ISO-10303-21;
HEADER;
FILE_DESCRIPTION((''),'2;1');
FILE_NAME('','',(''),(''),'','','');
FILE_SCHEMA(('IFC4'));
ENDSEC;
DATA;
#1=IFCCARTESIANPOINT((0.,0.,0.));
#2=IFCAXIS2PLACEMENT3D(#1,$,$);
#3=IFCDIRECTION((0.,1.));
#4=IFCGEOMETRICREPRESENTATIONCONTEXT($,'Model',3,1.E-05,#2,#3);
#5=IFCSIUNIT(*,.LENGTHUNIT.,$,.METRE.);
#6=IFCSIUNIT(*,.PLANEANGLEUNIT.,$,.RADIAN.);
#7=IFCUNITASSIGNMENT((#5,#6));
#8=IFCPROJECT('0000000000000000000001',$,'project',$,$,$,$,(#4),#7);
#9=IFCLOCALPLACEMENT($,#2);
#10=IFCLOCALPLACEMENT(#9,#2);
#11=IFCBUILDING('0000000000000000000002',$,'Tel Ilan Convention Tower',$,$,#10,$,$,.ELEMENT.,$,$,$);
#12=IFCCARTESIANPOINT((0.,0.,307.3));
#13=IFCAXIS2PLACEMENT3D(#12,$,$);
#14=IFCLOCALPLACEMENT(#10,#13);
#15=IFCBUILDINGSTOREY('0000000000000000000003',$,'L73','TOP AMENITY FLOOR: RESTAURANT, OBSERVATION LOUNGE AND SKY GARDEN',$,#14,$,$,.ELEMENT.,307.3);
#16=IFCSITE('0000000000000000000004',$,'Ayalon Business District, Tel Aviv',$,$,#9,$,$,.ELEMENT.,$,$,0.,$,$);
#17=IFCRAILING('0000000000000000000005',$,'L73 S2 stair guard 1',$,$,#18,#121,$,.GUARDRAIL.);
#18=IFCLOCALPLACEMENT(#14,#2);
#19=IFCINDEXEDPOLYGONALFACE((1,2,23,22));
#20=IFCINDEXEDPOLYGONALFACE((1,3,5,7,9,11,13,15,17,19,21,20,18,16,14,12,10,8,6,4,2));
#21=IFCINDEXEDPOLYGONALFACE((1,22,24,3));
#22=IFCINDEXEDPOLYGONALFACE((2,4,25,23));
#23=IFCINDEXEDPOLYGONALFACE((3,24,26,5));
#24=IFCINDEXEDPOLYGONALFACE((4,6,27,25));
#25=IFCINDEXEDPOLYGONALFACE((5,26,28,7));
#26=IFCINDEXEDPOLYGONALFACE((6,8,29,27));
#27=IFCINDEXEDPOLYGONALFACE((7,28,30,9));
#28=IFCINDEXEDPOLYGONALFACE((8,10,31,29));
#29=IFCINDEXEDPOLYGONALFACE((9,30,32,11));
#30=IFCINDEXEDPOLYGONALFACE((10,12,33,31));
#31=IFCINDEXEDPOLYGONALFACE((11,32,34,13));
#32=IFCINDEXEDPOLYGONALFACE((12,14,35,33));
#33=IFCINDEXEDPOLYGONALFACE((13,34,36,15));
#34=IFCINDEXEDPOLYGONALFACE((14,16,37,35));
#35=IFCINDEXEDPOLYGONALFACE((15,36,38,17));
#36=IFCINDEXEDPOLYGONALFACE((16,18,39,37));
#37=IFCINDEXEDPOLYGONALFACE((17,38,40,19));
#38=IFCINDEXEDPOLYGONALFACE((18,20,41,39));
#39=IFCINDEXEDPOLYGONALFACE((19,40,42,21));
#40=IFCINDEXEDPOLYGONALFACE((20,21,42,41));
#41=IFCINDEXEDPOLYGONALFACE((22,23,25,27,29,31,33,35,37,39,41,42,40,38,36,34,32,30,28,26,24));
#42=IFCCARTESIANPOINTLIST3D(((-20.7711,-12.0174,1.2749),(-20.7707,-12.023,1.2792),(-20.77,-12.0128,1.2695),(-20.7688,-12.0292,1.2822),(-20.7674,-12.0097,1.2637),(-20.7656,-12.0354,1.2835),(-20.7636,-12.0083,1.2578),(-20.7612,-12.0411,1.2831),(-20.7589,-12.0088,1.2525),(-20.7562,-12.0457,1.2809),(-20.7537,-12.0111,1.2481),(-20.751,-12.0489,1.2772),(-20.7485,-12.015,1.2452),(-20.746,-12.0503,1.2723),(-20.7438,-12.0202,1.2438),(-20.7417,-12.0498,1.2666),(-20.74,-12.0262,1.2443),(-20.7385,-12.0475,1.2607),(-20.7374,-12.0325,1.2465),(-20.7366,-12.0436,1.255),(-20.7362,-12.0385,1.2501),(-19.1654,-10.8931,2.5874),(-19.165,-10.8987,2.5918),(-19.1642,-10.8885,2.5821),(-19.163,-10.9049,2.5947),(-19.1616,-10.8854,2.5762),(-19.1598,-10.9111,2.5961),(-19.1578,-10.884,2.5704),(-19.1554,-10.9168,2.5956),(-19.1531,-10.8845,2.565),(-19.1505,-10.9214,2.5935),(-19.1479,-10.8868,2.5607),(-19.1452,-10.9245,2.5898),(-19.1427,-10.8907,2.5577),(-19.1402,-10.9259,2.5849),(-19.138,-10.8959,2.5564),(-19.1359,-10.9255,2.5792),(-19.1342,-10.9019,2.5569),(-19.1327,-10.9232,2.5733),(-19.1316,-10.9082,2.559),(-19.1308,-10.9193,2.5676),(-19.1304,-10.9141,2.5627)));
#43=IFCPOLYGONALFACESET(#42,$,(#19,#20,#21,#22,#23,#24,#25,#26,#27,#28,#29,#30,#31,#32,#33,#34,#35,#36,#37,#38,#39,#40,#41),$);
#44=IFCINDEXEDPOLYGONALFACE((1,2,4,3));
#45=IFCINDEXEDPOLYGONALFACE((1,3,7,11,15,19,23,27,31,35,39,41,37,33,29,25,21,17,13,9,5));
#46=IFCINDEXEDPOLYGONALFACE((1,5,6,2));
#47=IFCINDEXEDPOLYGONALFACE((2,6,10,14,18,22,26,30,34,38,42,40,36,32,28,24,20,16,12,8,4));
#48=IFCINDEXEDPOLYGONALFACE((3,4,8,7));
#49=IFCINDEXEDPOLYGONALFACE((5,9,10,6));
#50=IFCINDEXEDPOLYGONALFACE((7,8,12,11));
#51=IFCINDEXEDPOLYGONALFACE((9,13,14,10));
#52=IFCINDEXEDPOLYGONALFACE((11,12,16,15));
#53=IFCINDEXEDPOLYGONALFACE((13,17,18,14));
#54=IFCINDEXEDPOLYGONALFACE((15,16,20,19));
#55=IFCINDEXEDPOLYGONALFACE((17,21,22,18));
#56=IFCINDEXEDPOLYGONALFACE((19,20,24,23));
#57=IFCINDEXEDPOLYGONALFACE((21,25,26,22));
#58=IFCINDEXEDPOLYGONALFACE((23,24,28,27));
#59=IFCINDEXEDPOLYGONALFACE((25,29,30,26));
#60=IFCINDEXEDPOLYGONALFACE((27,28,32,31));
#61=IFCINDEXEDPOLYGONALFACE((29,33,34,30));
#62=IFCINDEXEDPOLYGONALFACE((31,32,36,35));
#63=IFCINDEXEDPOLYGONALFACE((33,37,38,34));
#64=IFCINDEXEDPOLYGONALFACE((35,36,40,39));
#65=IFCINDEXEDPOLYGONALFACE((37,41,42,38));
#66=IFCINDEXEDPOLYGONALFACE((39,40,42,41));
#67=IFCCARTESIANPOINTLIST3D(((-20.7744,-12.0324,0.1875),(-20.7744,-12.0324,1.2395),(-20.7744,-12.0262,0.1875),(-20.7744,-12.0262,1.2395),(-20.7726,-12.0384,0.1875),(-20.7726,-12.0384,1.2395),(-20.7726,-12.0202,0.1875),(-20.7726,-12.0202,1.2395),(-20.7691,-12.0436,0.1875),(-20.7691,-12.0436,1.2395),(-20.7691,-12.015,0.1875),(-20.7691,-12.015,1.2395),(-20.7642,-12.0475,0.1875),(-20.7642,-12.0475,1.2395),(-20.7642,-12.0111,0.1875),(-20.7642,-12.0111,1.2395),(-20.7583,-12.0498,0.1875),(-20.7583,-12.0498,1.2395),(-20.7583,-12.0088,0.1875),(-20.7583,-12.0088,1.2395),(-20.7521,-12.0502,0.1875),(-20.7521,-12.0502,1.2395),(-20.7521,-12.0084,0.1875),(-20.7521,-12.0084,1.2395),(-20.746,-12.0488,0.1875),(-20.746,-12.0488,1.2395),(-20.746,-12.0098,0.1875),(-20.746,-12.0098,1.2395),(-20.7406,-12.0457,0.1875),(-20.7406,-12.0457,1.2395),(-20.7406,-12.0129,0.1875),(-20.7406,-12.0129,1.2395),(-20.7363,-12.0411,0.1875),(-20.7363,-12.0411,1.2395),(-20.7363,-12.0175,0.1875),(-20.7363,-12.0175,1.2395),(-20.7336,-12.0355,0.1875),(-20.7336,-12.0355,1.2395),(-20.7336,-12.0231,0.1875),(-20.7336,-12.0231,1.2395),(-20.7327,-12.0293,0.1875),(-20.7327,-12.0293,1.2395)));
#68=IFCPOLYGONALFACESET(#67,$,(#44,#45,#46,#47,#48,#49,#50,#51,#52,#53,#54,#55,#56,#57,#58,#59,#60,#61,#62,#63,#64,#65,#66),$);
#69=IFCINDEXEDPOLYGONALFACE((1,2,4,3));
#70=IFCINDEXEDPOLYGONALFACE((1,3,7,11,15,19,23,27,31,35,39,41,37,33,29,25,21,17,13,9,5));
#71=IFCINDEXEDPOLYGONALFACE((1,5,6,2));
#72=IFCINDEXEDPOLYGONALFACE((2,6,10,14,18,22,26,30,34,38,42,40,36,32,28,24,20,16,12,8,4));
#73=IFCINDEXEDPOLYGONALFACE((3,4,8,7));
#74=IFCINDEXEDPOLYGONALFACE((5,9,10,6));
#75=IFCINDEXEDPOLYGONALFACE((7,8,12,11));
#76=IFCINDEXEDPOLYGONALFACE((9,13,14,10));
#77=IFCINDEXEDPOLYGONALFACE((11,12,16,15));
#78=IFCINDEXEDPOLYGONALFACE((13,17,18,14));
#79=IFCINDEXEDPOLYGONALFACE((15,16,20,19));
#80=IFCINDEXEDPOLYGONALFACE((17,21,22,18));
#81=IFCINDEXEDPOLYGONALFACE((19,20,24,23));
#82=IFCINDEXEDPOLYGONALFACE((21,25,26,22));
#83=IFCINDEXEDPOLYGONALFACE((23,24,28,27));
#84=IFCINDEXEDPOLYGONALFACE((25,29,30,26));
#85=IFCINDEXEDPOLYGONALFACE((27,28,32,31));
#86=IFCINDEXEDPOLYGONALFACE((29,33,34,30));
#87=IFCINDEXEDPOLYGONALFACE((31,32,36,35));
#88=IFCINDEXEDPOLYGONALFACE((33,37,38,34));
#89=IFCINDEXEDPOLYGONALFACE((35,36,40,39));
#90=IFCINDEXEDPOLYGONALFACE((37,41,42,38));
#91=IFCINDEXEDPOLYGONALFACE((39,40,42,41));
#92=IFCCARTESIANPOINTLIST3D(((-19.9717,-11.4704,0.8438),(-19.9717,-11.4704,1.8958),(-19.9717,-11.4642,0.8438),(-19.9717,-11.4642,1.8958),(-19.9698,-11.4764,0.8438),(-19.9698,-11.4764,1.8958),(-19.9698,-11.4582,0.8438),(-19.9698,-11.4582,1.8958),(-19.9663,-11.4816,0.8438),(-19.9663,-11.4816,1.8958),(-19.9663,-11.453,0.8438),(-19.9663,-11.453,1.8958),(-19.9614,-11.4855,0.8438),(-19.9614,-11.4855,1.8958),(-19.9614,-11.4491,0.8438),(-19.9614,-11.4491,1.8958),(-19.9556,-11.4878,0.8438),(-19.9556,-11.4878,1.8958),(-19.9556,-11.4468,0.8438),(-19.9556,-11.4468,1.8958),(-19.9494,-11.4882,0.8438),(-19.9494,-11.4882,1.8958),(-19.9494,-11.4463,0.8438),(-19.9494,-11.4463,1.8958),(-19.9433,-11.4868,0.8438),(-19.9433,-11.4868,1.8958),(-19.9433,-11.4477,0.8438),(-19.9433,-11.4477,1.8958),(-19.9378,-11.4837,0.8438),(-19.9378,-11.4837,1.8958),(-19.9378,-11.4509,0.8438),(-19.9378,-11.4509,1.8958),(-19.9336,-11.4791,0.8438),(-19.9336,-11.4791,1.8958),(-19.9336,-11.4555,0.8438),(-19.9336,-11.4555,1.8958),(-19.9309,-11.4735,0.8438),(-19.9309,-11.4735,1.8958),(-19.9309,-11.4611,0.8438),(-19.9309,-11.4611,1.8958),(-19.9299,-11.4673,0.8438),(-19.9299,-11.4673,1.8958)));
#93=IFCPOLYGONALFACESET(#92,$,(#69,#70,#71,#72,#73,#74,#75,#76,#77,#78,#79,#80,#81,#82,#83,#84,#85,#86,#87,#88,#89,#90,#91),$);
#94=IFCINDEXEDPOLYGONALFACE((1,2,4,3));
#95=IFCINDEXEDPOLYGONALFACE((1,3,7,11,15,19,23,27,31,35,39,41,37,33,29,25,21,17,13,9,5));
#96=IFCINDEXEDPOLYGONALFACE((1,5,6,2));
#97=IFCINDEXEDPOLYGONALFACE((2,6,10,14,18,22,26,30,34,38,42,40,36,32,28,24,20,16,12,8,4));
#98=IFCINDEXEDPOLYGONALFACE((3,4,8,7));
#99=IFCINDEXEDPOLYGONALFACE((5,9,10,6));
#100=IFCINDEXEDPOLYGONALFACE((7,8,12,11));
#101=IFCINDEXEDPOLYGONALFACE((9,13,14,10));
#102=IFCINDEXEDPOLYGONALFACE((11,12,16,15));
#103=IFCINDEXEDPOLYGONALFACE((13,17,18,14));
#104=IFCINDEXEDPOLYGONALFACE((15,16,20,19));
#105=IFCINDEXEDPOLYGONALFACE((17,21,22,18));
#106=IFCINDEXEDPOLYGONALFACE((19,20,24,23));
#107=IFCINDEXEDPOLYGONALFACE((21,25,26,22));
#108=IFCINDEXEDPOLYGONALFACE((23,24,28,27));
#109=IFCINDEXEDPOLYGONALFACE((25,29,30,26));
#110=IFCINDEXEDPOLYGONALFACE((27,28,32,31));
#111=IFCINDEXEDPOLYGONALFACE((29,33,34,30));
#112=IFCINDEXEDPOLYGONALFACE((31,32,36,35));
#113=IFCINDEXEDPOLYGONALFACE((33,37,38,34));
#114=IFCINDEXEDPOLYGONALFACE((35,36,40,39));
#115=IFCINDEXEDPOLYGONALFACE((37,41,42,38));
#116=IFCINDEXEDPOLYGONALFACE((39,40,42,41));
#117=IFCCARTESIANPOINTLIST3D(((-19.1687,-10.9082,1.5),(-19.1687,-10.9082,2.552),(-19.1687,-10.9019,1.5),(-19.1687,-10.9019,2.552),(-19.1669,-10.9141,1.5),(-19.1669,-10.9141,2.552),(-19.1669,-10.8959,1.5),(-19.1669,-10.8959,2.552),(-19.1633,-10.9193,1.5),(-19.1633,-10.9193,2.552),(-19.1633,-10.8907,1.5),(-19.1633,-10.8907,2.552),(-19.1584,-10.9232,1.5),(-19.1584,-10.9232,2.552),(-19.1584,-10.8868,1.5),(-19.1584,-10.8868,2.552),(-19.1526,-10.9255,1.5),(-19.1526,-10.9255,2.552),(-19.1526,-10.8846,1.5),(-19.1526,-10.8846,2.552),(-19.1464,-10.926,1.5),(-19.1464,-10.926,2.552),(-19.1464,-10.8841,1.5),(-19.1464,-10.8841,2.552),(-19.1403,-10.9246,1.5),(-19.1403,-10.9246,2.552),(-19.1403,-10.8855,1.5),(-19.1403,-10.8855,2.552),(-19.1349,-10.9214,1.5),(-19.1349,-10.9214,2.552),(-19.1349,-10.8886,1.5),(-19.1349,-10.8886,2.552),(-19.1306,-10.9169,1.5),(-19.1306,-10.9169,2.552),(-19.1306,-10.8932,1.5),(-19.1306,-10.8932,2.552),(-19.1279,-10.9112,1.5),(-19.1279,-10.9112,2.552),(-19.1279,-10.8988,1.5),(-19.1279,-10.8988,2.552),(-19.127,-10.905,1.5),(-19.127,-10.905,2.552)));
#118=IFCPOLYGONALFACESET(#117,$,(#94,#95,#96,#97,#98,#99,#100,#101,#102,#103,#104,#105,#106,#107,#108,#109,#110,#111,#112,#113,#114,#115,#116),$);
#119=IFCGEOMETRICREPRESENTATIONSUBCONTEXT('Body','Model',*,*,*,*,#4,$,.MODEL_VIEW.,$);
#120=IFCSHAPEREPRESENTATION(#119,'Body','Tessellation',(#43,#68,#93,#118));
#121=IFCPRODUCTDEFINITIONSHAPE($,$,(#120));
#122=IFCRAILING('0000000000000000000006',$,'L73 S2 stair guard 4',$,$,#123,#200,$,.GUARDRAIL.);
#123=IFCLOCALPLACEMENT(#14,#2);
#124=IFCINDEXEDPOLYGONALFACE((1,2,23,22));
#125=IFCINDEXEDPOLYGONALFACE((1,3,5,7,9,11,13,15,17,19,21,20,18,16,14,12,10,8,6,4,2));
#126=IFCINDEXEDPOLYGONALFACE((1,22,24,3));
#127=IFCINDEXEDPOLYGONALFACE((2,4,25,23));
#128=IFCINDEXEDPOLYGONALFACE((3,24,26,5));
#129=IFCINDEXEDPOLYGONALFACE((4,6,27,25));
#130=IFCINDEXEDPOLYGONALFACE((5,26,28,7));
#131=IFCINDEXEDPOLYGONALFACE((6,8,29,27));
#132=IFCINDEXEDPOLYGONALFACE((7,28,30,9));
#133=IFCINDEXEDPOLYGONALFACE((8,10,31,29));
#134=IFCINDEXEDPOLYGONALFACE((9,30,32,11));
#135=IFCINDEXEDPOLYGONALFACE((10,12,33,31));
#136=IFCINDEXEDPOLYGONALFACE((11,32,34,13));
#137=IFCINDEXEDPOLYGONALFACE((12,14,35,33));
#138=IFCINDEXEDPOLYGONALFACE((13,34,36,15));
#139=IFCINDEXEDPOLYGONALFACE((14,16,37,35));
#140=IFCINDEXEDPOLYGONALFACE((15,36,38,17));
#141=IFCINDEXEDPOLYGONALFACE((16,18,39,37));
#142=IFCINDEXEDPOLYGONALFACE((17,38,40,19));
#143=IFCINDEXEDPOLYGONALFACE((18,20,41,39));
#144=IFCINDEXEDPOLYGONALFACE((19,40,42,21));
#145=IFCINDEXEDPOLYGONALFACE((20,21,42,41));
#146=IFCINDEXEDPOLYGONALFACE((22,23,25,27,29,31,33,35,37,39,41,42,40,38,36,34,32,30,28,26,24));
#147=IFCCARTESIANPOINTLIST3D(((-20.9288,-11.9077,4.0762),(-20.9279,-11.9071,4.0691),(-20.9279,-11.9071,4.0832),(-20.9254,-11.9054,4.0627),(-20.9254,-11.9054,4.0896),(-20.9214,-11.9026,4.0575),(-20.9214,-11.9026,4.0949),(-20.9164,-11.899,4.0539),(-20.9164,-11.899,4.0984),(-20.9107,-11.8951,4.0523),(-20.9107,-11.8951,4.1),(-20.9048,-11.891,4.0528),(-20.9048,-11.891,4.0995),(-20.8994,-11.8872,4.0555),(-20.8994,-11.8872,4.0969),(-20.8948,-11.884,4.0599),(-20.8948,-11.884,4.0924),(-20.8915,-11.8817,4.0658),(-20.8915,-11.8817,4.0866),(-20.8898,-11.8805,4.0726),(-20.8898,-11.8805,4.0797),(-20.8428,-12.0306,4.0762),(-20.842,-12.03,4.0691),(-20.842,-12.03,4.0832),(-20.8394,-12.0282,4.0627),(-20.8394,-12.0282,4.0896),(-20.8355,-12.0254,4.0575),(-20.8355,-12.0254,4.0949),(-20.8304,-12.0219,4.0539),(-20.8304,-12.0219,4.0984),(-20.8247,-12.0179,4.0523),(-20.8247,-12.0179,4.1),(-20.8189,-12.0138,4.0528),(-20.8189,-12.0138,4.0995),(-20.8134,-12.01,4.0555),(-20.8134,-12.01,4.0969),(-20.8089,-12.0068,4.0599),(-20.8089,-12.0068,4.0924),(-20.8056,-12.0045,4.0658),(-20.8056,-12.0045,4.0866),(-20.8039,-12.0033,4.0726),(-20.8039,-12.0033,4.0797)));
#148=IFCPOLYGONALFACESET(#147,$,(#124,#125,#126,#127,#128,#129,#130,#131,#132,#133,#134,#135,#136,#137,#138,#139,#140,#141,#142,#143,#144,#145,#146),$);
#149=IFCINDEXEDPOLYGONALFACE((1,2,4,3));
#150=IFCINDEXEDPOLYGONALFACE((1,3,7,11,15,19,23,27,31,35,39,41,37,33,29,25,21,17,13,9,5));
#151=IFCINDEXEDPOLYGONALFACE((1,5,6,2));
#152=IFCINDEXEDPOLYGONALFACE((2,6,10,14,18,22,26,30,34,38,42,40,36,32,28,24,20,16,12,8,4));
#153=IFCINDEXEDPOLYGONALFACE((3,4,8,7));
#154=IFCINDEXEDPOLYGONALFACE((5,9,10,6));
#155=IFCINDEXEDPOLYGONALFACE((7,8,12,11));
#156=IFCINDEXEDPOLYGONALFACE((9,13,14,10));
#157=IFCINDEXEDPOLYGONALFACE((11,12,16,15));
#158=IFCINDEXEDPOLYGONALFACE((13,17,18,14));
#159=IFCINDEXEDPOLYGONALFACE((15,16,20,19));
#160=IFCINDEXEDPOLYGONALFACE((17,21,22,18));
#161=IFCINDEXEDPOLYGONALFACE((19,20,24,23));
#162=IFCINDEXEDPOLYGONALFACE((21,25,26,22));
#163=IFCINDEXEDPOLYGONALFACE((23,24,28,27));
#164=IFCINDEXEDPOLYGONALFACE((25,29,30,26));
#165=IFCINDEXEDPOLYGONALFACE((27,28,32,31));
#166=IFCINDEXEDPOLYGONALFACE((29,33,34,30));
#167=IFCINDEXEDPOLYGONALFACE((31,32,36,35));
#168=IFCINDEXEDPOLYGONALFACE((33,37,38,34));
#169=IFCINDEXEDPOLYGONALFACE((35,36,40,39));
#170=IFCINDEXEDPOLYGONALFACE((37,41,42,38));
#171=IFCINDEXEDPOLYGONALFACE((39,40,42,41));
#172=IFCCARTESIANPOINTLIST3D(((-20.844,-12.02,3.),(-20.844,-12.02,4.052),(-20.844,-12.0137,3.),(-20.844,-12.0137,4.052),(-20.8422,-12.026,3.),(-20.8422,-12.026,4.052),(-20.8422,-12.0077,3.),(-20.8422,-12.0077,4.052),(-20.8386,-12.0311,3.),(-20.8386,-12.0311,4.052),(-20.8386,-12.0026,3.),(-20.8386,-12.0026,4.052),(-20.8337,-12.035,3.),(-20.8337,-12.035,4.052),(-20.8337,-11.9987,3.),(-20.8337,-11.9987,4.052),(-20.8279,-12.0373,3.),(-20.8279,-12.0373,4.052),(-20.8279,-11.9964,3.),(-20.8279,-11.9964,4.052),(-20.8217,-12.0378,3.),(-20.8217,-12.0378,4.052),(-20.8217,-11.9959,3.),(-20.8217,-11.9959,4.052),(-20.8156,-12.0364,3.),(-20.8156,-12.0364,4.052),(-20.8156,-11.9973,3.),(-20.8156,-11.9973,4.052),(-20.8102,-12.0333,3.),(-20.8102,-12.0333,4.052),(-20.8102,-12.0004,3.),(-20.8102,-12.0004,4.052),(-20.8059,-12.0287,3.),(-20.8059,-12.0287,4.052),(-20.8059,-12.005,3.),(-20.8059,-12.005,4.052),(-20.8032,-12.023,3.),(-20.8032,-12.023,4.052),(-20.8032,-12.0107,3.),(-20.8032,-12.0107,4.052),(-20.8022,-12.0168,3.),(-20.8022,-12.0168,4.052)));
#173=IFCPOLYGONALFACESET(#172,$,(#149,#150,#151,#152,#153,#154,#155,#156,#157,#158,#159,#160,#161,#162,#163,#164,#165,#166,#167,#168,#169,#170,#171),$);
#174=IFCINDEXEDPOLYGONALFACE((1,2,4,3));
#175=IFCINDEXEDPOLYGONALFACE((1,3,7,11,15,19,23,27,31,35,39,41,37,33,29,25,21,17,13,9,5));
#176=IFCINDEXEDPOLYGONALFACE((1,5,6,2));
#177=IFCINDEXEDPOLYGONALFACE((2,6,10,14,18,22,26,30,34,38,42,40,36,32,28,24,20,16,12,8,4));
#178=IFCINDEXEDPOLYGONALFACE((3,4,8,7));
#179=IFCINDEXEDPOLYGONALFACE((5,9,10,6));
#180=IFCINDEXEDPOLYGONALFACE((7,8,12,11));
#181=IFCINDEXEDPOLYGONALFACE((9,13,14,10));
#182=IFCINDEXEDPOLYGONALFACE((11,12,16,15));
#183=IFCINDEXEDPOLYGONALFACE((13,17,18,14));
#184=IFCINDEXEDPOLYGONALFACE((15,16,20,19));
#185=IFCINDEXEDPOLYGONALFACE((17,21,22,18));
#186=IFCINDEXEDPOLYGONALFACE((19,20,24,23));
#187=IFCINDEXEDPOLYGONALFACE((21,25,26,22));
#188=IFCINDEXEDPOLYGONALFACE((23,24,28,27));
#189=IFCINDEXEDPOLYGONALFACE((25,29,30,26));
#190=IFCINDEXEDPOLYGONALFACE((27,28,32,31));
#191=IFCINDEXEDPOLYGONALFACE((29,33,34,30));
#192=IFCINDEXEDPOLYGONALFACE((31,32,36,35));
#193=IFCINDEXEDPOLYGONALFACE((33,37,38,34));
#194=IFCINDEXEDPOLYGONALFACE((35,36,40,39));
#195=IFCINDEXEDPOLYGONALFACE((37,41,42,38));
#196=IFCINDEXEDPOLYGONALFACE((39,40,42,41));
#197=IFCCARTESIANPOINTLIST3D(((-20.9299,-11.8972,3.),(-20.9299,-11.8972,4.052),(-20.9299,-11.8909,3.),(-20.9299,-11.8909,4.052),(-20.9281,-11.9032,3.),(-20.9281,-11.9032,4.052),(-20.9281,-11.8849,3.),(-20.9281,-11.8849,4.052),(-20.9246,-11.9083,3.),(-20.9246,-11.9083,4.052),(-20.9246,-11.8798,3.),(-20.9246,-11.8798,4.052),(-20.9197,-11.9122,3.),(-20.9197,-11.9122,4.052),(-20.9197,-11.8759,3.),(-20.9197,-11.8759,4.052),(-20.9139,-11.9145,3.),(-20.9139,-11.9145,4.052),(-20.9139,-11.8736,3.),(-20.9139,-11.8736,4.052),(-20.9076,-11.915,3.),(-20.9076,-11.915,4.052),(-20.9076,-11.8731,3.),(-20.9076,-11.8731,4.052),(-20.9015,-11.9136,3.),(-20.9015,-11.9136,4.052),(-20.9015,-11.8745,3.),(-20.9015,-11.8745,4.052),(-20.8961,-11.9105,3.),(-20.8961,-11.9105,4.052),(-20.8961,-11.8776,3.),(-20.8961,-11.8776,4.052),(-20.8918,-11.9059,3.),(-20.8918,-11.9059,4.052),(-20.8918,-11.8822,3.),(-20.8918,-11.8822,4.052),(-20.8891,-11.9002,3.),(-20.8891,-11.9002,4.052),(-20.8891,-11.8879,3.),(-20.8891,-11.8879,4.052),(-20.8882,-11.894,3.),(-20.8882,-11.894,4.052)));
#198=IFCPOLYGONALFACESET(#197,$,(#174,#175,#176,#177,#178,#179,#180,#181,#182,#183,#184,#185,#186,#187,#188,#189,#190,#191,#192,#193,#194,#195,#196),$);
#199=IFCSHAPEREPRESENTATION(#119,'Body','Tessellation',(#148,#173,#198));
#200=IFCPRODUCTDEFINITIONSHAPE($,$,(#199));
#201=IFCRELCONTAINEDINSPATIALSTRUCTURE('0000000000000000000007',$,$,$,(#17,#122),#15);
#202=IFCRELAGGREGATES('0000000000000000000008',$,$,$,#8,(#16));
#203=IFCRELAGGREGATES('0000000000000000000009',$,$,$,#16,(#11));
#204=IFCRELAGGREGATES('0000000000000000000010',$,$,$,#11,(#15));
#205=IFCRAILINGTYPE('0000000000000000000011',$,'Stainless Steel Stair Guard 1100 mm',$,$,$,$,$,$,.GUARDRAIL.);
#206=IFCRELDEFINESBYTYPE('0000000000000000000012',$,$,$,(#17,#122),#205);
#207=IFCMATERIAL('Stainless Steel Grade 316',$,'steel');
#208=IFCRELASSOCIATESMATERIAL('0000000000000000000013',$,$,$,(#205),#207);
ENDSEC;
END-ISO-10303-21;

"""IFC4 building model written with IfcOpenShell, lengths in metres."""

from ifc_helpers import new_model, si_unit, direction, frame, origin, origin_2d, place, context, subcontext, project, spatial, circle, extrude, material, type_object, element, save


model = new_model("IFC4")

# Units and contexts
model_context = context("Model", 3, precision=1e-05, world=origin(), true_north=direction((0.0, 1.0)))
body_context = subcontext(model_context, "Body", "Model", "MODEL_VIEW")
ifc_project = project(units=[si_unit("LENGTHUNIT", "METRE"), si_unit("PLANEANGLEUNIT", "RADIAN")], contexts=[model_context])

# Site, building, storey
site_placement = place(None, origin())
site = spatial("IfcSite", under=ifc_project, at=site_placement, Name="Ayalon Business District, Tel Aviv", CompositionType="ELEMENT", RefElevation=0.0)
building_placement = place(site_placement, origin())
building = spatial("IfcBuilding", under=site, at=building_placement, Name="Tel Ilan Convention Tower", CompositionType="ELEMENT")
storey_placement = place(building_placement, frame((0.0, 0.0, 307.3)))
storey = spatial("IfcBuildingStorey", under=building, at=storey_placement, Name="L73", Description="TOP AMENITY FLOOR: RESTAURANT, OBSERVATION LOUNGE AND SKY GARDEN", CompositionType="ELEMENT", Elevation=307.3)

# Railings
ifc_material_1 = material(Name="Stainless Steel Grade 316", Category="steel")
railing_type = type_object("IfcRailingType", Name="Stainless Steel Stair Guard 1100 mm", PredefinedType="GUARDRAIL", material=ifc_material_1)
railing_1_placement = place(storey_placement, frame((-20.7537, -12.0293, 0.1875)))
element("IfcRailing", 1, at=railing_1_placement, inside=storey, type_object=railing_type, Name="L73 S2 stair guard 1", PredefinedType="GUARDRAIL", context=body_context, shape_type="SweptSolid", body=[
    extrude(circle(Radius=0.0239, at=origin_2d()), frame((0.0, 0.0, 1.0762), z_axis=(0.680671, 0.476584, 0.556376), x_axis=(-0.573554, 0.819168, 0.0)), (0.0, 0.0, 1.0), 2.3591),
    extrude(circle(Radius=0.021, at=origin_2d()), origin(), (0.0, 0.0, 1.0), 1.052),
    extrude(circle(Radius=0.021, at=origin_2d()), frame((0.8027, 0.562, 0.6562)), (0.0, 0.0, 1.0), 1.052),
    extrude(circle(Radius=0.021, at=origin_2d()), frame((1.6057, 1.1243, 1.3125)), (0.0, 0.0, 1.0), 1.052),
])
railing_2_placement = place(storey_placement, frame((-20.8232, -12.0168, 3.0)))
element("IfcRailing", 2, at=railing_2_placement, inside=storey, type_object=railing_type, Name="L73 S2 stair guard 4", PredefinedType="GUARDRAIL", context=body_context, shape_type="SweptSolid", body=[
    extrude(circle(Radius=0.0239, at=origin_2d()), frame((0.0, 0.0, 1.0762), z_axis=(-0.573353, 0.819308, 0.0), x_axis=(-0.819308, -0.573353, 0.0)), (0.0, 0.0, 1.0), 0.1499),
    extrude(circle(Radius=0.021, at=origin_2d()), origin(), (0.0, 0.0, 1.0), 1.052),
    extrude(circle(Radius=0.021, at=origin_2d()), frame((-0.0859, 0.1228, 0.0)), (0.0, 0.0, 1.0), 1.052),
])

save(model, "model.ifc")
